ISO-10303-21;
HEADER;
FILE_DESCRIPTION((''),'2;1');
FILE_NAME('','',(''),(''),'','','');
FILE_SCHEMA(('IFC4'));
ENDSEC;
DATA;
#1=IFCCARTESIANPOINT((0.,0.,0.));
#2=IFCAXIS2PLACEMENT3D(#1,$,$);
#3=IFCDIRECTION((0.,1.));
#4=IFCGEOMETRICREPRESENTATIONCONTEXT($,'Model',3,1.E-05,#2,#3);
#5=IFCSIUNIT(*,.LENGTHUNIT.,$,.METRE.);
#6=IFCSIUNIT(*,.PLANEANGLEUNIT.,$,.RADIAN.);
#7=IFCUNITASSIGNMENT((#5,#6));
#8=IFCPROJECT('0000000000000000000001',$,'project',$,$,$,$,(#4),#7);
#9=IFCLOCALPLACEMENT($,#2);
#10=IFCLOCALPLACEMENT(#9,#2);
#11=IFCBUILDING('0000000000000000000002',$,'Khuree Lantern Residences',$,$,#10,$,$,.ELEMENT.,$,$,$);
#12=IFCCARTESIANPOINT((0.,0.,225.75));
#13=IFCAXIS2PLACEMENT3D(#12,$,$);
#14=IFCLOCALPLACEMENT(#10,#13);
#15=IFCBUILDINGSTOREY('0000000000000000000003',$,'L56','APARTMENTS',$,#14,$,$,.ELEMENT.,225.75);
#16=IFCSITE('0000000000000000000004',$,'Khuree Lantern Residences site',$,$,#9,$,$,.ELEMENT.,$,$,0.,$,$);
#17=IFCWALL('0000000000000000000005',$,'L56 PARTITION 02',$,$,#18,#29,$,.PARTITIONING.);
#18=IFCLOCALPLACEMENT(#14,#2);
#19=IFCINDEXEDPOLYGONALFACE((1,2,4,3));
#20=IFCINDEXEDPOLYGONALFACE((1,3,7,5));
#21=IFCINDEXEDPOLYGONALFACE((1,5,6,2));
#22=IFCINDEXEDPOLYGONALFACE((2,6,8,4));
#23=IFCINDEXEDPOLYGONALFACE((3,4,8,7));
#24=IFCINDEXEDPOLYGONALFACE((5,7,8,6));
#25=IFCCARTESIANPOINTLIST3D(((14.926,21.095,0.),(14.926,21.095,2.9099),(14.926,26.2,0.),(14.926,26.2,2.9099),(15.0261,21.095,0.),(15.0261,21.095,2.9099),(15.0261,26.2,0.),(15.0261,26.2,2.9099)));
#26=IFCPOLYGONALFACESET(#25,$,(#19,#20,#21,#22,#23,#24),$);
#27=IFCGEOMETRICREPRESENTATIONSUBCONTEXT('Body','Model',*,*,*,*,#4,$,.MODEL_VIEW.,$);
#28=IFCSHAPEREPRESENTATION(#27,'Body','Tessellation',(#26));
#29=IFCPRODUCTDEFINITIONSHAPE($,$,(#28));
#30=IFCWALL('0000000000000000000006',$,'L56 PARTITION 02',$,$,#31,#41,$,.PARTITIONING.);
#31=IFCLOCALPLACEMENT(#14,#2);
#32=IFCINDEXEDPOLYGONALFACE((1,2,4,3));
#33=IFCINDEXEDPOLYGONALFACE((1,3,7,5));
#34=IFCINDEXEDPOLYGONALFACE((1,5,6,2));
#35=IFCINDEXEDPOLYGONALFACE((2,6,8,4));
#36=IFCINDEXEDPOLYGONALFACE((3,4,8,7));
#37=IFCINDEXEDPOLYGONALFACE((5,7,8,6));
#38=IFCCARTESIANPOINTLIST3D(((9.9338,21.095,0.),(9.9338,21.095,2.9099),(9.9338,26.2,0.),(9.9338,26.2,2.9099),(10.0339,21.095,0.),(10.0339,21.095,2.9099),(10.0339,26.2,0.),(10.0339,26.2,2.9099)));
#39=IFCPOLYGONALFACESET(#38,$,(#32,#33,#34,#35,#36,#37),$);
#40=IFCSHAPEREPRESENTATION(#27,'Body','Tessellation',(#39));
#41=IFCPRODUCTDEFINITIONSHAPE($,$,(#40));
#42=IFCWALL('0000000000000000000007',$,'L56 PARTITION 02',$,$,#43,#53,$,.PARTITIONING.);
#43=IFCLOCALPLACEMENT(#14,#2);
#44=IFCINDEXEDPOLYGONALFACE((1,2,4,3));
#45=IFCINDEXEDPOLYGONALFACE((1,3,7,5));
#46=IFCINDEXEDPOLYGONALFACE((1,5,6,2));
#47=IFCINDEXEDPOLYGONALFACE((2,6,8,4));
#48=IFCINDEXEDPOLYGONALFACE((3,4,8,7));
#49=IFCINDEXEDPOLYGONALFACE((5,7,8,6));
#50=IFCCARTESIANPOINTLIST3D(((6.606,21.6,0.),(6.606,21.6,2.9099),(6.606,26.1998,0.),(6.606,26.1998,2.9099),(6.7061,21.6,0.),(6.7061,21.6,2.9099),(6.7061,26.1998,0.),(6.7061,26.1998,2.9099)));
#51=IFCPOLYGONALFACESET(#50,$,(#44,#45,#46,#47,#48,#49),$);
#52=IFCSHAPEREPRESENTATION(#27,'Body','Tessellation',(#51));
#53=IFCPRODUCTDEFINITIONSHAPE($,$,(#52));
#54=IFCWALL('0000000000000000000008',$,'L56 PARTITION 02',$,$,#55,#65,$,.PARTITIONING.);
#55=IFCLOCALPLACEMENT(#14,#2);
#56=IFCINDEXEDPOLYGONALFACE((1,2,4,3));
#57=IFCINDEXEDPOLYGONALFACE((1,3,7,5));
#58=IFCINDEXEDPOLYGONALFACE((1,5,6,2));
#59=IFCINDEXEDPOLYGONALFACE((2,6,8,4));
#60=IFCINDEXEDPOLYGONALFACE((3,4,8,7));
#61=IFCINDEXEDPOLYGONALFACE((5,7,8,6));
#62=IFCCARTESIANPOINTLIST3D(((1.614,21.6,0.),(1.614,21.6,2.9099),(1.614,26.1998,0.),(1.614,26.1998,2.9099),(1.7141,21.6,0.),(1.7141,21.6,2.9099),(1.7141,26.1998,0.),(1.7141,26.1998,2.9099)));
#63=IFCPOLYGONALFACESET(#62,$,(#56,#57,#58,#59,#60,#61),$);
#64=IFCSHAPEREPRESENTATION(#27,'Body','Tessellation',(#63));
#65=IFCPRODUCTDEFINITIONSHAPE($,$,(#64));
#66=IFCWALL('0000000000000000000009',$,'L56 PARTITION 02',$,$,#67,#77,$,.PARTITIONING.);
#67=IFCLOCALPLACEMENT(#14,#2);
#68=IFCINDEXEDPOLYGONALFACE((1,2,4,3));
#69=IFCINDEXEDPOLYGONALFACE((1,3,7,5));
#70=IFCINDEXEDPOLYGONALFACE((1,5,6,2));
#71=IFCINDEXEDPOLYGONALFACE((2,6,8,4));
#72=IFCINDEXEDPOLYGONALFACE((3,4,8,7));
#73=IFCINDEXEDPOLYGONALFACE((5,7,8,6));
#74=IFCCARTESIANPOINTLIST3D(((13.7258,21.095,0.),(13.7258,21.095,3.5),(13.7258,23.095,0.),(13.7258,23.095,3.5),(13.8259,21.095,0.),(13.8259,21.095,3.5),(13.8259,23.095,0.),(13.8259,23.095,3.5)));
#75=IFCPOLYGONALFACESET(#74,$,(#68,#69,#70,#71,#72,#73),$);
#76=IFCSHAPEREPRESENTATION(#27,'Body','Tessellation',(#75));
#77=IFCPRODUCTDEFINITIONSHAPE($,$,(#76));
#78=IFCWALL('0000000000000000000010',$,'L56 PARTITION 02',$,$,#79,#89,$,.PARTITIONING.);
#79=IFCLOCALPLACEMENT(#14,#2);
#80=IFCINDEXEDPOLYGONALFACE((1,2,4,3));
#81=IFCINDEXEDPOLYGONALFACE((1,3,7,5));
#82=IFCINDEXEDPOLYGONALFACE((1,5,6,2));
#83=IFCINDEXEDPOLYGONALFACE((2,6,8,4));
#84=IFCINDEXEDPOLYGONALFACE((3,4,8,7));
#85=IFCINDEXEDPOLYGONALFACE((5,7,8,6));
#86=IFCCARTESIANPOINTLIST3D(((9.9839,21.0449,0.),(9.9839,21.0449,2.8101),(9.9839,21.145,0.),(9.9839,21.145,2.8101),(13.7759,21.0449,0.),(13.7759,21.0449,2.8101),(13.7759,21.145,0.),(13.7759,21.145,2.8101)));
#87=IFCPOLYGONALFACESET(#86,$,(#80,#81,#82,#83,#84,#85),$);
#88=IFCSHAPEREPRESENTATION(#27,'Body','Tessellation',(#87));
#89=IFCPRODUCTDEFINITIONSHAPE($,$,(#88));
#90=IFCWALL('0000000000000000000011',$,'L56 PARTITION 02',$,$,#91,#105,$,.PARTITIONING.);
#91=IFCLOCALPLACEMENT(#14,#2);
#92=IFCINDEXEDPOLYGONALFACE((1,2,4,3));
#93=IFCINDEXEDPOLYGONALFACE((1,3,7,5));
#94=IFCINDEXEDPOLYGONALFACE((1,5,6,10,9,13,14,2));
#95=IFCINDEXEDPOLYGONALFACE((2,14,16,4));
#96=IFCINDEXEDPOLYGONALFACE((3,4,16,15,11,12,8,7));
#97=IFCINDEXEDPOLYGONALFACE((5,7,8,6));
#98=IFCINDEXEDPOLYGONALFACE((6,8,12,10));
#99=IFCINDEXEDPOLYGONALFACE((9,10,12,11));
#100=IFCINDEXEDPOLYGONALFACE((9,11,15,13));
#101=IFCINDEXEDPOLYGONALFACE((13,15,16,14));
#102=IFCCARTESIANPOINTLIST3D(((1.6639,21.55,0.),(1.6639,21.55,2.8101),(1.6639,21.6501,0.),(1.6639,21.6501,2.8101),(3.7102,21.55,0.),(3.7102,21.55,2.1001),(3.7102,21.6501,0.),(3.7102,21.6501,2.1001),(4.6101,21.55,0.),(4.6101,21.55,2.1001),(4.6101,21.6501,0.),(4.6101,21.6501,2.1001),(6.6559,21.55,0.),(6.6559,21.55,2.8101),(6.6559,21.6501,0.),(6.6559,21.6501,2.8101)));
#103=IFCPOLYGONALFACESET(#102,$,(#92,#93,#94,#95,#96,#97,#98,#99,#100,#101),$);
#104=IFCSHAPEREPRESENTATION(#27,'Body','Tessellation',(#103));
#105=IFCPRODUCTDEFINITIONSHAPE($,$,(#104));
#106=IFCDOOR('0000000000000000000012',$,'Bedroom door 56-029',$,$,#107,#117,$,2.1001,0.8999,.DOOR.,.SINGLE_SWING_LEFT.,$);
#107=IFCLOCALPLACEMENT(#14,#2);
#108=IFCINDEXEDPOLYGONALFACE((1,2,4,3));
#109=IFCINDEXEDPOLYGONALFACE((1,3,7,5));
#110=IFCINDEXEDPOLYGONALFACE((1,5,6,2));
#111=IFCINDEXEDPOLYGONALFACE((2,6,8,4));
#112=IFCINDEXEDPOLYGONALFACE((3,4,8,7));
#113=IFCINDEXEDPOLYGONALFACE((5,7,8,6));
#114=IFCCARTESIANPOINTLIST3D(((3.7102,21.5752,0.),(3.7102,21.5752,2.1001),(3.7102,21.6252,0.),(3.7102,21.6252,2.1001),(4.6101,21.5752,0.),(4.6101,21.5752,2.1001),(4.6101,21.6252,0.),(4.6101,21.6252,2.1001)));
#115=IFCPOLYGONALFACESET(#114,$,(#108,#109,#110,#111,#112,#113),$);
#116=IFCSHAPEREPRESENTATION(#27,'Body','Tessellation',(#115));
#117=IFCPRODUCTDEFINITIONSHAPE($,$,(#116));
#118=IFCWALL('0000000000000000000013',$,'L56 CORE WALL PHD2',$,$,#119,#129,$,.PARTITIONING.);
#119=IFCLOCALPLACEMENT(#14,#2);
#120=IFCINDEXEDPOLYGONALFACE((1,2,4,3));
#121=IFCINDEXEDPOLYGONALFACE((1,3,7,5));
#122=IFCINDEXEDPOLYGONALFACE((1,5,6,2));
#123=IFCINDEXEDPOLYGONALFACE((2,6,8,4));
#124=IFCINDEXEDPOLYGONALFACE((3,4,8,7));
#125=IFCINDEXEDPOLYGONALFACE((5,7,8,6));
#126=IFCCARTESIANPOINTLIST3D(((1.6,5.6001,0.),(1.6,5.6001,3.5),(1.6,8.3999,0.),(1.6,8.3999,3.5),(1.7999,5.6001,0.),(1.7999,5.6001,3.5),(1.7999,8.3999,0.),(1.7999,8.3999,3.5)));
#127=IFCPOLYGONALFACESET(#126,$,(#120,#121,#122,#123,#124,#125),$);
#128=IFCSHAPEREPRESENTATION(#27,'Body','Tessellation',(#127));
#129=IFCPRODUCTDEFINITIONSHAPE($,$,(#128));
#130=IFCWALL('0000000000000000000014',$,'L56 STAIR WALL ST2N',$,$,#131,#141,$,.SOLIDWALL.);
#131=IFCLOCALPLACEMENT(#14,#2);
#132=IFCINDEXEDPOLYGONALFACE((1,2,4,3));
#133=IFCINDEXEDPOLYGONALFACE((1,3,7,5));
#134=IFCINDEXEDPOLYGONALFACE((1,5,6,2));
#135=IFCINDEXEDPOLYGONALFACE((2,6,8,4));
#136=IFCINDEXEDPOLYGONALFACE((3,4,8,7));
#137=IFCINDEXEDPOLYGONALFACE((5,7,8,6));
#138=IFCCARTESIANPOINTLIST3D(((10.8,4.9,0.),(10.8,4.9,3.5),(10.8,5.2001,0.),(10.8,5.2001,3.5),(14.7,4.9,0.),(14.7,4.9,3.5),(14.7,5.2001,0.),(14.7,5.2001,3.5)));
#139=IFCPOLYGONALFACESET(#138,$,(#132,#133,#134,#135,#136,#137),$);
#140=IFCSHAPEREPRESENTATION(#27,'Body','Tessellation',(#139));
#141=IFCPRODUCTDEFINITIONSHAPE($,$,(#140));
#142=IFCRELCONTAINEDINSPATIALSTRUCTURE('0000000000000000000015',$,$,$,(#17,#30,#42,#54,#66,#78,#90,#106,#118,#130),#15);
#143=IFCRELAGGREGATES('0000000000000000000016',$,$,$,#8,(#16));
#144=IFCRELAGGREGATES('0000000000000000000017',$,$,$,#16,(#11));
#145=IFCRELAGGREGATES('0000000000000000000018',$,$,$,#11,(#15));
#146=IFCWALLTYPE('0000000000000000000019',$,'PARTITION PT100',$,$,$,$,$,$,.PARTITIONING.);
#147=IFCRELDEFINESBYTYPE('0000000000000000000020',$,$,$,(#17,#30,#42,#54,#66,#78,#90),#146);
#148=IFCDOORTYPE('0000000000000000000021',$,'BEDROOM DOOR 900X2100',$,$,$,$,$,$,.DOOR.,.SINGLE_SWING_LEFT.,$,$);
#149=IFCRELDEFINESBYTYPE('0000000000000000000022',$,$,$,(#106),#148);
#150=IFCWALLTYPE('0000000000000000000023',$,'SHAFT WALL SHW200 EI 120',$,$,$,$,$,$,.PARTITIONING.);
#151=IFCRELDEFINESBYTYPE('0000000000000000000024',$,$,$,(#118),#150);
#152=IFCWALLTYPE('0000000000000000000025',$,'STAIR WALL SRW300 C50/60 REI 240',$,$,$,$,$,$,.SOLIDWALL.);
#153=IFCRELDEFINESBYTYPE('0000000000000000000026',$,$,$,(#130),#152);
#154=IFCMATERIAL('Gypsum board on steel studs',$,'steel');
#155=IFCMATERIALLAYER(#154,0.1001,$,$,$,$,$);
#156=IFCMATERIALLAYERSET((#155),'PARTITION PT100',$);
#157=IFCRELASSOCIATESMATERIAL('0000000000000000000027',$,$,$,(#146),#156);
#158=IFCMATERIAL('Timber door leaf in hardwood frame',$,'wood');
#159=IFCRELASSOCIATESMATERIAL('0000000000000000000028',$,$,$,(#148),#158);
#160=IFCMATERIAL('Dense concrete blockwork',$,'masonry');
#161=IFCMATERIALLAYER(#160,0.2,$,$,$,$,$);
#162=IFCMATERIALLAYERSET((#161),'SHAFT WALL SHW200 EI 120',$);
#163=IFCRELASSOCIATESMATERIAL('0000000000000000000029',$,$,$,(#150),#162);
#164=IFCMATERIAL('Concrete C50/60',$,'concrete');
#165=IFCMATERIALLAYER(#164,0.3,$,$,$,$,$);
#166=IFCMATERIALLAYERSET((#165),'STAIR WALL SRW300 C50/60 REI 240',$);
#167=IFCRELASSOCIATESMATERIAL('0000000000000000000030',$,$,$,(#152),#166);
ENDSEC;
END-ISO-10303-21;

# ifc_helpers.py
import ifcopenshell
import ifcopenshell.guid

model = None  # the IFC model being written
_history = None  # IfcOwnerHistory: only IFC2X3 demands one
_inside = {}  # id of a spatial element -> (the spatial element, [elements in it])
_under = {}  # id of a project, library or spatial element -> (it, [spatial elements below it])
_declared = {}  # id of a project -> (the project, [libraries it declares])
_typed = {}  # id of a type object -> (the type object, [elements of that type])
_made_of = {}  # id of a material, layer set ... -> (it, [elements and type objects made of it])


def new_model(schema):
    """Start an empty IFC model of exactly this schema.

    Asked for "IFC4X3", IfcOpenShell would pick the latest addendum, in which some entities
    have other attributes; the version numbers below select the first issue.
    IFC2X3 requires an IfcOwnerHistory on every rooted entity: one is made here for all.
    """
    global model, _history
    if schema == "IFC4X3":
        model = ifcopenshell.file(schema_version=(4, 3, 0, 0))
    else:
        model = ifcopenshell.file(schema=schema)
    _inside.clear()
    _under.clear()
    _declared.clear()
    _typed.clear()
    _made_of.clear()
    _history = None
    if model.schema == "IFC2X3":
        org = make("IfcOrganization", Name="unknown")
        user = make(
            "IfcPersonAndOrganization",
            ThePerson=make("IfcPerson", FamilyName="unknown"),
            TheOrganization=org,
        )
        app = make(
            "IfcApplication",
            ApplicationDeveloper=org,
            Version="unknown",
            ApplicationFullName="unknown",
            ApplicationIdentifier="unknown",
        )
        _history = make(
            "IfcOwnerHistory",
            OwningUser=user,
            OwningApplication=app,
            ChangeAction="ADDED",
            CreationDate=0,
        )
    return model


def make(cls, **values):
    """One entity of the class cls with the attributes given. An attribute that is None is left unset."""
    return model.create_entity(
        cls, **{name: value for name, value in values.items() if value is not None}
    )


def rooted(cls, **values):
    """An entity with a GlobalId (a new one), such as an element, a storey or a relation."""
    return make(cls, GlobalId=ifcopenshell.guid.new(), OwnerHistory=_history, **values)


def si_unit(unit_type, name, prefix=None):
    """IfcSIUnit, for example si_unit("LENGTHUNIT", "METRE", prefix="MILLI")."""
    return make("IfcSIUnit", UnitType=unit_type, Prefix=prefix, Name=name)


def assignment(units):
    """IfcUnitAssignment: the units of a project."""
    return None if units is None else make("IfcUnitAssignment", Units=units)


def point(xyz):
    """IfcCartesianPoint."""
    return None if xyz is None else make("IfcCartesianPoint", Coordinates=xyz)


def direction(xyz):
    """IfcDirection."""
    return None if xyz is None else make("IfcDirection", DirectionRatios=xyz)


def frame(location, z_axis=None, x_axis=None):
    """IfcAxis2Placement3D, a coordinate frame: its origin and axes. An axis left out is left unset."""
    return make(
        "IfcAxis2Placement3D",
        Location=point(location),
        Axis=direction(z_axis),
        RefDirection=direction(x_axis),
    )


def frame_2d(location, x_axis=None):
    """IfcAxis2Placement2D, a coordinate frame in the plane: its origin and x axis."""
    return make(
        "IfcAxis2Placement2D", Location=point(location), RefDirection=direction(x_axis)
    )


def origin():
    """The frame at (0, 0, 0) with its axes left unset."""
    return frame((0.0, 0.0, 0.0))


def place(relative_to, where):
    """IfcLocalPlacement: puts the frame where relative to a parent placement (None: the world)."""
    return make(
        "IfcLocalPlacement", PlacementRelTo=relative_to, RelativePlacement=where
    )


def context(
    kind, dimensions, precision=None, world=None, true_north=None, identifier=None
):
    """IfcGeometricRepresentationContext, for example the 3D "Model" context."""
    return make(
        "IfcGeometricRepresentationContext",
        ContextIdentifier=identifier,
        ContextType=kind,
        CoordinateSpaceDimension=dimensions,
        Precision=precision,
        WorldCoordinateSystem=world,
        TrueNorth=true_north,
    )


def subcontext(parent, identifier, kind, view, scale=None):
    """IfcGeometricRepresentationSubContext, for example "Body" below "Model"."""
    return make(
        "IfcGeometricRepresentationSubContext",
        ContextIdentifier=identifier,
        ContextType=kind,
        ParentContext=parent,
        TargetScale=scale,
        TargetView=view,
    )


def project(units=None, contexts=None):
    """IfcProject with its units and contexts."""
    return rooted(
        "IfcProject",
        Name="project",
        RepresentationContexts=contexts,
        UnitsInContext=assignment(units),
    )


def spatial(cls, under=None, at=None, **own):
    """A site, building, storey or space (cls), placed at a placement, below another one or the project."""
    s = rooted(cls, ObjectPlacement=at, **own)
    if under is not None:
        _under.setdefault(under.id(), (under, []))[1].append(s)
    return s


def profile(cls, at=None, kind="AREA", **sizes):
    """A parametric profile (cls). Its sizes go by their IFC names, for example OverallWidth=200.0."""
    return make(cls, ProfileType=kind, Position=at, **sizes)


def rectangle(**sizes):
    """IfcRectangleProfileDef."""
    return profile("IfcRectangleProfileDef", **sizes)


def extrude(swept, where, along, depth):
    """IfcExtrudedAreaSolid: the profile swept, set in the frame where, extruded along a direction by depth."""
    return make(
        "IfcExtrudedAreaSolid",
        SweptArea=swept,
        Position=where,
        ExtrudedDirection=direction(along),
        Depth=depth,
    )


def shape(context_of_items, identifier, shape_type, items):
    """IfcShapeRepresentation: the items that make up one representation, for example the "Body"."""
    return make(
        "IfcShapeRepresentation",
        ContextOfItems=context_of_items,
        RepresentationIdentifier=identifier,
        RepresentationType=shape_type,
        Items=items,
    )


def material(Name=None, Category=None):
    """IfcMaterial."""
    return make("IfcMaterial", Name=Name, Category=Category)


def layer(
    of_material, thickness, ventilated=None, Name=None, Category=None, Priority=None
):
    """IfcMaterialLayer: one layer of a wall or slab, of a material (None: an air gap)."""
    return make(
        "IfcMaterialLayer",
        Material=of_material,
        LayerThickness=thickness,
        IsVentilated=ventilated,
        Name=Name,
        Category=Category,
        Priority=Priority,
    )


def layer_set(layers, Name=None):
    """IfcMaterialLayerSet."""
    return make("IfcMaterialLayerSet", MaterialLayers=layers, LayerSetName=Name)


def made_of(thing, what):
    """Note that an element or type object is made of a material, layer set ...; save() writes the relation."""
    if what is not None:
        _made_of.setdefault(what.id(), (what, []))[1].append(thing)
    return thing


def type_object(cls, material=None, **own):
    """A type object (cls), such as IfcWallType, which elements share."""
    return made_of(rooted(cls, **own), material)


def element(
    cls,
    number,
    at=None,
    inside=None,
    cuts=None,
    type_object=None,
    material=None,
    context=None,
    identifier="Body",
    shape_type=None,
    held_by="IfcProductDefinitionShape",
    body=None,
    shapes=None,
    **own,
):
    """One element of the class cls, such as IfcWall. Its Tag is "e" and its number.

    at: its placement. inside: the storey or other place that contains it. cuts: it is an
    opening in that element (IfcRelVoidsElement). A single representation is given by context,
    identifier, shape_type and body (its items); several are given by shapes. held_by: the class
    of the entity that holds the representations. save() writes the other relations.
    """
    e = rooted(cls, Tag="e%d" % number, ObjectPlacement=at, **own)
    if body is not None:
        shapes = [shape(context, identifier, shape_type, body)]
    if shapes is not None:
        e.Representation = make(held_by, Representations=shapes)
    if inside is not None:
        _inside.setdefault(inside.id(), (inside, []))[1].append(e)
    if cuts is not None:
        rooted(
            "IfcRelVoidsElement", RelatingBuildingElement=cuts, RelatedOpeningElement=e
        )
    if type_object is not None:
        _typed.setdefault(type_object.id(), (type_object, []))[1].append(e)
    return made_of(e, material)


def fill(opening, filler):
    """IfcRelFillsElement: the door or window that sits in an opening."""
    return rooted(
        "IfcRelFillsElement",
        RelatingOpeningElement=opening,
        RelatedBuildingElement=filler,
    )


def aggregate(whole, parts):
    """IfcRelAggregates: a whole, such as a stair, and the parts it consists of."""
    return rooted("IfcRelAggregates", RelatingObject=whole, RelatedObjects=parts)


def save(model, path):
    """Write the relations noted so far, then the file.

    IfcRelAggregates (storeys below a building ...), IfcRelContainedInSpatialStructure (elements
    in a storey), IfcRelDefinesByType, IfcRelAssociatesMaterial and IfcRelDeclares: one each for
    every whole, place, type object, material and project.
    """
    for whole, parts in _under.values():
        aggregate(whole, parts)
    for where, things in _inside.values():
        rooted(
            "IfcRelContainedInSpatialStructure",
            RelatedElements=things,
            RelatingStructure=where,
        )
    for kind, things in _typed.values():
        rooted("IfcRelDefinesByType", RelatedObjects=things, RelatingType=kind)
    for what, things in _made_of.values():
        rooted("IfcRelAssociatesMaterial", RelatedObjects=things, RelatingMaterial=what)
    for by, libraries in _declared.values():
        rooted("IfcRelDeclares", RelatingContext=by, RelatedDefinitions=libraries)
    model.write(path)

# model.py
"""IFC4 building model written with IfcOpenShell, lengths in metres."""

from ifc_helpers import new_model, si_unit, direction, frame, frame_2d, origin, place, context, subcontext, project, spatial, rectangle, extrude, material, layer, layer_set, type_object, element, fill, save


model = new_model("IFC4")

# Units and contexts
model_context = context("Model", 3, precision=1e-05, world=origin(), true_north=direction((0.0, 1.0)))
body_context = subcontext(model_context, "Body", "Model", "MODEL_VIEW")
ifc_project = project(units=[si_unit("LENGTHUNIT", "METRE"), si_unit("PLANEANGLEUNIT", "RADIAN")], contexts=[model_context])

# Site, building, storey
site_placement = place(None, origin())
site = spatial("IfcSite", under=ifc_project, at=site_placement, Name="Khuree Lantern Residences site", CompositionType="ELEMENT", RefElevation=0.0)
building_placement = place(site_placement, origin())
building = spatial("IfcBuilding", under=site, at=building_placement, Name="Khuree Lantern Residences", CompositionType="ELEMENT")
storey_placement = place(building_placement, frame((0.0, 0.0, 225.75)))
storey = spatial("IfcBuildingStorey", under=building, at=storey_placement, Name="L56", Description="APARTMENTS", CompositionType="ELEMENT", Elevation=225.75)

# Shared definitions
ifc_material_1 = material(Name="Concrete C50/60", Category="concrete")

# Shared definitions
ifc_material_2 = material(Name="Dense concrete blockwork", Category="masonry")

# Shared definitions
ifc_material_3 = material(Name="Timber door leaf in hardwood frame", Category="wood")

# Walls
ifc_material_4 = material(Name="Gypsum board on steel studs", Category="steel")
ifc_layer_1 = layer(ifc_material_4, 0.1001)
ifc_layer_set_1 = layer_set([ifc_layer_1], Name="PARTITION PT100")
wall_type_1 = type_object("IfcWallType", Name="PARTITION PT100", PredefinedType="PARTITIONING", material=ifc_layer_set_1)
for number, where, z_axis, x_axis, name in (
    (1, (14.9761, 21.095, 0.0), (0.0, 0.0, 1.0), (0.0, 1.0, 0.0), "L56 PARTITION 02"),
    (2, (9.9839, 21.095, 0.0), (0.0, 0.0, 1.0), (0.0, 1.0, 0.0), "L56 PARTITION 02"),
):
    element("IfcWall", number, at=place(storey_placement, frame(where, z_axis=z_axis, x_axis=x_axis)), inside=storey, type_object=wall_type_1, Name=name, PredefinedType="PARTITIONING", context=body_context, shape_type="SweptSolid", body=[
        extrude(rectangle(XDim=5.105, YDim=0.1001, at=frame_2d((2.5525, 0.0))), origin(), (0.0, 0.0, 1.0), 2.9099),
    ])
for number, where, z_axis, x_axis, name in (
    (3, (6.656, 21.6001, 0.0), (0.0, 0.0, 1.0), (0.0, 1.0, 0.0), "L56 PARTITION 02"),
    (4, (1.6641, 21.6001, 0.0), (0.0, 0.0, 1.0), (0.0, 1.0, 0.0), "L56 PARTITION 02"),
):
    element("IfcWall", number, at=place(storey_placement, frame(where, z_axis=z_axis, x_axis=x_axis)), inside=storey, type_object=wall_type_1, Name=name, PredefinedType="PARTITIONING", context=body_context, shape_type="SweptSolid", body=[
        extrude(rectangle(XDim=4.5999, YDim=0.1001, at=frame_2d((2.2998, 0.0))), origin(), (0.0, 0.0, 1.0), 2.9099),
    ])
wall_1_placement = place(storey_placement, frame((13.7759, 21.095, 0.0), z_axis=(0.0, 0.0, 1.0), x_axis=(0.0, 1.0, 0.0)))
element("IfcWall", 5, at=wall_1_placement, inside=storey, type_object=wall_type_1, Name="L56 PARTITION 02", PredefinedType="PARTITIONING", context=body_context, shape_type="SweptSolid", body=[
    extrude(rectangle(XDim=2.0, YDim=0.1001, at=frame_2d((1.0, 0.0))), origin(), (0.0, 0.0, 1.0), 3.5),
])
wall_2_placement = place(storey_placement, frame((13.7759, 21.095, 0.0), z_axis=(0.0, 0.0, 1.0), x_axis=(-1.0, 0.0, 0.0)))
element("IfcWall", 6, at=wall_2_placement, inside=storey, type_object=wall_type_1, Name="L56 PARTITION 02", PredefinedType="PARTITIONING", context=body_context, shape_type="SweptSolid", body=[
    extrude(rectangle(XDim=3.792, YDim=0.1001, at=frame_2d((1.896, 0.0))), origin(), (0.0, 0.0, 1.0), 2.8101),
])

# Wall, opening, door
wall_3_placement = place(storey_placement, frame((6.656, 21.6001, 0.0), z_axis=(0.0, 0.0, 1.0), x_axis=(-1.0, 0.0, 0.0)))
wall_3 = element("IfcWall", 7, at=wall_3_placement, inside=storey, type_object=wall_type_1, Name="L56 PARTITION 02", PredefinedType="PARTITIONING", context=body_context, shape_type="SweptSolid", body=[
    extrude(rectangle(XDim=4.9919, YDim=0.1001, at=frame_2d((2.4961, 0.0))), origin(), (0.0, 0.0, 1.0), 2.8101),
])
opening_1_placement = place(wall_3_placement, frame((2.0459, 0.0, 0.0)))
opening_1 = element("IfcOpeningElement", 8, at=opening_1_placement, cuts=wall_3, PredefinedType="OPENING", context=body_context, shape_type="SweptSolid", body=[
    extrude(rectangle(XDim=0.8999, YDim=2.1001, at=frame_2d((0.45, 1.05))), frame((0.0, 0.0601, 0.0), z_axis=(0.0, -1.0, 0.0), x_axis=(1.0, 0.0, 0.0)), (0.0, 0.0, 1.0), 0.1201),
])
door_type_1 = type_object("IfcDoorType", Name="BEDROOM DOOR 900X2100", OperationType="SINGLE_SWING_LEFT", PredefinedType="DOOR", material=ifc_material_3)
door_1_placement = place(opening_1_placement, origin())
door_1 = element("IfcDoor", 9, at=door_1_placement, inside=storey, type_object=door_type_1, Name="Bedroom door 56-029", OperationType="SINGLE_SWING_LEFT", OverallHeight=2.1001, OverallWidth=0.8999, PredefinedType="DOOR", context=body_context, shape_type="SweptSolid", body=[
    extrude(rectangle(XDim=0.8999, YDim=2.1001, at=frame_2d((0.45, 1.05))), frame((0.0, 0.0249, 0.0), z_axis=(0.0, -1.0, 0.0), x_axis=(1.0, 0.0, 0.0)), (0.0, 0.0, 1.0), 0.05),
])
fill(opening_1, door_1)

# Walls
ifc_layer_2 = layer(ifc_material_2, 0.2)
ifc_layer_set_2 = layer_set([ifc_layer_2], Name="SHAFT WALL SHW200 EI 120")
wall_type_2 = type_object("IfcWallType", Name="SHAFT WALL SHW200 EI 120", PredefinedType="PARTITIONING", material=ifc_layer_set_2)
wall_4_placement = place(storey_placement, frame((1.7, 5.6001, 0.0), z_axis=(0.0, 0.0, 1.0), x_axis=(0.0, 1.0, 0.0)))
element("IfcWall", 10, at=wall_4_placement, inside=storey, type_object=wall_type_2, Name="L56 CORE WALL PHD2", PredefinedType="PARTITIONING", context=body_context, shape_type="SweptSolid", body=[
    extrude(rectangle(XDim=2.7998, YDim=0.2, at=frame_2d((1.3999, 0.0))), origin(), (0.0, 0.0, 1.0), 3.5),
])
ifc_layer_3 = layer(ifc_material_1, 0.3)
ifc_layer_set_3 = layer_set([ifc_layer_3], Name="STAIR WALL SRW300 C50/60 REI 240")
wall_type_3 = type_object("IfcWallType", Name="STAIR WALL SRW300 C50/60 REI 240", PredefinedType="SOLIDWALL", material=ifc_layer_set_3)
wall_5_placement = place(storey_placement, frame((14.7, 5.05, 0.0), z_axis=(0.0, 0.0, 1.0), x_axis=(-1.0, 0.0, 0.0)))
element("IfcWall", 11, at=wall_5_placement, inside=storey, type_object=wall_type_3, Name="L56 STAIR WALL ST2N", PredefinedType="SOLIDWALL", context=body_context, shape_type="SweptSolid", body=[
    extrude(rectangle(XDim=3.8999, YDim=0.3, at=frame_2d((1.95, 0.0))), origin(), (0.0, 0.0, 1.0), 3.5),
])

save(model, "model.ifc")
